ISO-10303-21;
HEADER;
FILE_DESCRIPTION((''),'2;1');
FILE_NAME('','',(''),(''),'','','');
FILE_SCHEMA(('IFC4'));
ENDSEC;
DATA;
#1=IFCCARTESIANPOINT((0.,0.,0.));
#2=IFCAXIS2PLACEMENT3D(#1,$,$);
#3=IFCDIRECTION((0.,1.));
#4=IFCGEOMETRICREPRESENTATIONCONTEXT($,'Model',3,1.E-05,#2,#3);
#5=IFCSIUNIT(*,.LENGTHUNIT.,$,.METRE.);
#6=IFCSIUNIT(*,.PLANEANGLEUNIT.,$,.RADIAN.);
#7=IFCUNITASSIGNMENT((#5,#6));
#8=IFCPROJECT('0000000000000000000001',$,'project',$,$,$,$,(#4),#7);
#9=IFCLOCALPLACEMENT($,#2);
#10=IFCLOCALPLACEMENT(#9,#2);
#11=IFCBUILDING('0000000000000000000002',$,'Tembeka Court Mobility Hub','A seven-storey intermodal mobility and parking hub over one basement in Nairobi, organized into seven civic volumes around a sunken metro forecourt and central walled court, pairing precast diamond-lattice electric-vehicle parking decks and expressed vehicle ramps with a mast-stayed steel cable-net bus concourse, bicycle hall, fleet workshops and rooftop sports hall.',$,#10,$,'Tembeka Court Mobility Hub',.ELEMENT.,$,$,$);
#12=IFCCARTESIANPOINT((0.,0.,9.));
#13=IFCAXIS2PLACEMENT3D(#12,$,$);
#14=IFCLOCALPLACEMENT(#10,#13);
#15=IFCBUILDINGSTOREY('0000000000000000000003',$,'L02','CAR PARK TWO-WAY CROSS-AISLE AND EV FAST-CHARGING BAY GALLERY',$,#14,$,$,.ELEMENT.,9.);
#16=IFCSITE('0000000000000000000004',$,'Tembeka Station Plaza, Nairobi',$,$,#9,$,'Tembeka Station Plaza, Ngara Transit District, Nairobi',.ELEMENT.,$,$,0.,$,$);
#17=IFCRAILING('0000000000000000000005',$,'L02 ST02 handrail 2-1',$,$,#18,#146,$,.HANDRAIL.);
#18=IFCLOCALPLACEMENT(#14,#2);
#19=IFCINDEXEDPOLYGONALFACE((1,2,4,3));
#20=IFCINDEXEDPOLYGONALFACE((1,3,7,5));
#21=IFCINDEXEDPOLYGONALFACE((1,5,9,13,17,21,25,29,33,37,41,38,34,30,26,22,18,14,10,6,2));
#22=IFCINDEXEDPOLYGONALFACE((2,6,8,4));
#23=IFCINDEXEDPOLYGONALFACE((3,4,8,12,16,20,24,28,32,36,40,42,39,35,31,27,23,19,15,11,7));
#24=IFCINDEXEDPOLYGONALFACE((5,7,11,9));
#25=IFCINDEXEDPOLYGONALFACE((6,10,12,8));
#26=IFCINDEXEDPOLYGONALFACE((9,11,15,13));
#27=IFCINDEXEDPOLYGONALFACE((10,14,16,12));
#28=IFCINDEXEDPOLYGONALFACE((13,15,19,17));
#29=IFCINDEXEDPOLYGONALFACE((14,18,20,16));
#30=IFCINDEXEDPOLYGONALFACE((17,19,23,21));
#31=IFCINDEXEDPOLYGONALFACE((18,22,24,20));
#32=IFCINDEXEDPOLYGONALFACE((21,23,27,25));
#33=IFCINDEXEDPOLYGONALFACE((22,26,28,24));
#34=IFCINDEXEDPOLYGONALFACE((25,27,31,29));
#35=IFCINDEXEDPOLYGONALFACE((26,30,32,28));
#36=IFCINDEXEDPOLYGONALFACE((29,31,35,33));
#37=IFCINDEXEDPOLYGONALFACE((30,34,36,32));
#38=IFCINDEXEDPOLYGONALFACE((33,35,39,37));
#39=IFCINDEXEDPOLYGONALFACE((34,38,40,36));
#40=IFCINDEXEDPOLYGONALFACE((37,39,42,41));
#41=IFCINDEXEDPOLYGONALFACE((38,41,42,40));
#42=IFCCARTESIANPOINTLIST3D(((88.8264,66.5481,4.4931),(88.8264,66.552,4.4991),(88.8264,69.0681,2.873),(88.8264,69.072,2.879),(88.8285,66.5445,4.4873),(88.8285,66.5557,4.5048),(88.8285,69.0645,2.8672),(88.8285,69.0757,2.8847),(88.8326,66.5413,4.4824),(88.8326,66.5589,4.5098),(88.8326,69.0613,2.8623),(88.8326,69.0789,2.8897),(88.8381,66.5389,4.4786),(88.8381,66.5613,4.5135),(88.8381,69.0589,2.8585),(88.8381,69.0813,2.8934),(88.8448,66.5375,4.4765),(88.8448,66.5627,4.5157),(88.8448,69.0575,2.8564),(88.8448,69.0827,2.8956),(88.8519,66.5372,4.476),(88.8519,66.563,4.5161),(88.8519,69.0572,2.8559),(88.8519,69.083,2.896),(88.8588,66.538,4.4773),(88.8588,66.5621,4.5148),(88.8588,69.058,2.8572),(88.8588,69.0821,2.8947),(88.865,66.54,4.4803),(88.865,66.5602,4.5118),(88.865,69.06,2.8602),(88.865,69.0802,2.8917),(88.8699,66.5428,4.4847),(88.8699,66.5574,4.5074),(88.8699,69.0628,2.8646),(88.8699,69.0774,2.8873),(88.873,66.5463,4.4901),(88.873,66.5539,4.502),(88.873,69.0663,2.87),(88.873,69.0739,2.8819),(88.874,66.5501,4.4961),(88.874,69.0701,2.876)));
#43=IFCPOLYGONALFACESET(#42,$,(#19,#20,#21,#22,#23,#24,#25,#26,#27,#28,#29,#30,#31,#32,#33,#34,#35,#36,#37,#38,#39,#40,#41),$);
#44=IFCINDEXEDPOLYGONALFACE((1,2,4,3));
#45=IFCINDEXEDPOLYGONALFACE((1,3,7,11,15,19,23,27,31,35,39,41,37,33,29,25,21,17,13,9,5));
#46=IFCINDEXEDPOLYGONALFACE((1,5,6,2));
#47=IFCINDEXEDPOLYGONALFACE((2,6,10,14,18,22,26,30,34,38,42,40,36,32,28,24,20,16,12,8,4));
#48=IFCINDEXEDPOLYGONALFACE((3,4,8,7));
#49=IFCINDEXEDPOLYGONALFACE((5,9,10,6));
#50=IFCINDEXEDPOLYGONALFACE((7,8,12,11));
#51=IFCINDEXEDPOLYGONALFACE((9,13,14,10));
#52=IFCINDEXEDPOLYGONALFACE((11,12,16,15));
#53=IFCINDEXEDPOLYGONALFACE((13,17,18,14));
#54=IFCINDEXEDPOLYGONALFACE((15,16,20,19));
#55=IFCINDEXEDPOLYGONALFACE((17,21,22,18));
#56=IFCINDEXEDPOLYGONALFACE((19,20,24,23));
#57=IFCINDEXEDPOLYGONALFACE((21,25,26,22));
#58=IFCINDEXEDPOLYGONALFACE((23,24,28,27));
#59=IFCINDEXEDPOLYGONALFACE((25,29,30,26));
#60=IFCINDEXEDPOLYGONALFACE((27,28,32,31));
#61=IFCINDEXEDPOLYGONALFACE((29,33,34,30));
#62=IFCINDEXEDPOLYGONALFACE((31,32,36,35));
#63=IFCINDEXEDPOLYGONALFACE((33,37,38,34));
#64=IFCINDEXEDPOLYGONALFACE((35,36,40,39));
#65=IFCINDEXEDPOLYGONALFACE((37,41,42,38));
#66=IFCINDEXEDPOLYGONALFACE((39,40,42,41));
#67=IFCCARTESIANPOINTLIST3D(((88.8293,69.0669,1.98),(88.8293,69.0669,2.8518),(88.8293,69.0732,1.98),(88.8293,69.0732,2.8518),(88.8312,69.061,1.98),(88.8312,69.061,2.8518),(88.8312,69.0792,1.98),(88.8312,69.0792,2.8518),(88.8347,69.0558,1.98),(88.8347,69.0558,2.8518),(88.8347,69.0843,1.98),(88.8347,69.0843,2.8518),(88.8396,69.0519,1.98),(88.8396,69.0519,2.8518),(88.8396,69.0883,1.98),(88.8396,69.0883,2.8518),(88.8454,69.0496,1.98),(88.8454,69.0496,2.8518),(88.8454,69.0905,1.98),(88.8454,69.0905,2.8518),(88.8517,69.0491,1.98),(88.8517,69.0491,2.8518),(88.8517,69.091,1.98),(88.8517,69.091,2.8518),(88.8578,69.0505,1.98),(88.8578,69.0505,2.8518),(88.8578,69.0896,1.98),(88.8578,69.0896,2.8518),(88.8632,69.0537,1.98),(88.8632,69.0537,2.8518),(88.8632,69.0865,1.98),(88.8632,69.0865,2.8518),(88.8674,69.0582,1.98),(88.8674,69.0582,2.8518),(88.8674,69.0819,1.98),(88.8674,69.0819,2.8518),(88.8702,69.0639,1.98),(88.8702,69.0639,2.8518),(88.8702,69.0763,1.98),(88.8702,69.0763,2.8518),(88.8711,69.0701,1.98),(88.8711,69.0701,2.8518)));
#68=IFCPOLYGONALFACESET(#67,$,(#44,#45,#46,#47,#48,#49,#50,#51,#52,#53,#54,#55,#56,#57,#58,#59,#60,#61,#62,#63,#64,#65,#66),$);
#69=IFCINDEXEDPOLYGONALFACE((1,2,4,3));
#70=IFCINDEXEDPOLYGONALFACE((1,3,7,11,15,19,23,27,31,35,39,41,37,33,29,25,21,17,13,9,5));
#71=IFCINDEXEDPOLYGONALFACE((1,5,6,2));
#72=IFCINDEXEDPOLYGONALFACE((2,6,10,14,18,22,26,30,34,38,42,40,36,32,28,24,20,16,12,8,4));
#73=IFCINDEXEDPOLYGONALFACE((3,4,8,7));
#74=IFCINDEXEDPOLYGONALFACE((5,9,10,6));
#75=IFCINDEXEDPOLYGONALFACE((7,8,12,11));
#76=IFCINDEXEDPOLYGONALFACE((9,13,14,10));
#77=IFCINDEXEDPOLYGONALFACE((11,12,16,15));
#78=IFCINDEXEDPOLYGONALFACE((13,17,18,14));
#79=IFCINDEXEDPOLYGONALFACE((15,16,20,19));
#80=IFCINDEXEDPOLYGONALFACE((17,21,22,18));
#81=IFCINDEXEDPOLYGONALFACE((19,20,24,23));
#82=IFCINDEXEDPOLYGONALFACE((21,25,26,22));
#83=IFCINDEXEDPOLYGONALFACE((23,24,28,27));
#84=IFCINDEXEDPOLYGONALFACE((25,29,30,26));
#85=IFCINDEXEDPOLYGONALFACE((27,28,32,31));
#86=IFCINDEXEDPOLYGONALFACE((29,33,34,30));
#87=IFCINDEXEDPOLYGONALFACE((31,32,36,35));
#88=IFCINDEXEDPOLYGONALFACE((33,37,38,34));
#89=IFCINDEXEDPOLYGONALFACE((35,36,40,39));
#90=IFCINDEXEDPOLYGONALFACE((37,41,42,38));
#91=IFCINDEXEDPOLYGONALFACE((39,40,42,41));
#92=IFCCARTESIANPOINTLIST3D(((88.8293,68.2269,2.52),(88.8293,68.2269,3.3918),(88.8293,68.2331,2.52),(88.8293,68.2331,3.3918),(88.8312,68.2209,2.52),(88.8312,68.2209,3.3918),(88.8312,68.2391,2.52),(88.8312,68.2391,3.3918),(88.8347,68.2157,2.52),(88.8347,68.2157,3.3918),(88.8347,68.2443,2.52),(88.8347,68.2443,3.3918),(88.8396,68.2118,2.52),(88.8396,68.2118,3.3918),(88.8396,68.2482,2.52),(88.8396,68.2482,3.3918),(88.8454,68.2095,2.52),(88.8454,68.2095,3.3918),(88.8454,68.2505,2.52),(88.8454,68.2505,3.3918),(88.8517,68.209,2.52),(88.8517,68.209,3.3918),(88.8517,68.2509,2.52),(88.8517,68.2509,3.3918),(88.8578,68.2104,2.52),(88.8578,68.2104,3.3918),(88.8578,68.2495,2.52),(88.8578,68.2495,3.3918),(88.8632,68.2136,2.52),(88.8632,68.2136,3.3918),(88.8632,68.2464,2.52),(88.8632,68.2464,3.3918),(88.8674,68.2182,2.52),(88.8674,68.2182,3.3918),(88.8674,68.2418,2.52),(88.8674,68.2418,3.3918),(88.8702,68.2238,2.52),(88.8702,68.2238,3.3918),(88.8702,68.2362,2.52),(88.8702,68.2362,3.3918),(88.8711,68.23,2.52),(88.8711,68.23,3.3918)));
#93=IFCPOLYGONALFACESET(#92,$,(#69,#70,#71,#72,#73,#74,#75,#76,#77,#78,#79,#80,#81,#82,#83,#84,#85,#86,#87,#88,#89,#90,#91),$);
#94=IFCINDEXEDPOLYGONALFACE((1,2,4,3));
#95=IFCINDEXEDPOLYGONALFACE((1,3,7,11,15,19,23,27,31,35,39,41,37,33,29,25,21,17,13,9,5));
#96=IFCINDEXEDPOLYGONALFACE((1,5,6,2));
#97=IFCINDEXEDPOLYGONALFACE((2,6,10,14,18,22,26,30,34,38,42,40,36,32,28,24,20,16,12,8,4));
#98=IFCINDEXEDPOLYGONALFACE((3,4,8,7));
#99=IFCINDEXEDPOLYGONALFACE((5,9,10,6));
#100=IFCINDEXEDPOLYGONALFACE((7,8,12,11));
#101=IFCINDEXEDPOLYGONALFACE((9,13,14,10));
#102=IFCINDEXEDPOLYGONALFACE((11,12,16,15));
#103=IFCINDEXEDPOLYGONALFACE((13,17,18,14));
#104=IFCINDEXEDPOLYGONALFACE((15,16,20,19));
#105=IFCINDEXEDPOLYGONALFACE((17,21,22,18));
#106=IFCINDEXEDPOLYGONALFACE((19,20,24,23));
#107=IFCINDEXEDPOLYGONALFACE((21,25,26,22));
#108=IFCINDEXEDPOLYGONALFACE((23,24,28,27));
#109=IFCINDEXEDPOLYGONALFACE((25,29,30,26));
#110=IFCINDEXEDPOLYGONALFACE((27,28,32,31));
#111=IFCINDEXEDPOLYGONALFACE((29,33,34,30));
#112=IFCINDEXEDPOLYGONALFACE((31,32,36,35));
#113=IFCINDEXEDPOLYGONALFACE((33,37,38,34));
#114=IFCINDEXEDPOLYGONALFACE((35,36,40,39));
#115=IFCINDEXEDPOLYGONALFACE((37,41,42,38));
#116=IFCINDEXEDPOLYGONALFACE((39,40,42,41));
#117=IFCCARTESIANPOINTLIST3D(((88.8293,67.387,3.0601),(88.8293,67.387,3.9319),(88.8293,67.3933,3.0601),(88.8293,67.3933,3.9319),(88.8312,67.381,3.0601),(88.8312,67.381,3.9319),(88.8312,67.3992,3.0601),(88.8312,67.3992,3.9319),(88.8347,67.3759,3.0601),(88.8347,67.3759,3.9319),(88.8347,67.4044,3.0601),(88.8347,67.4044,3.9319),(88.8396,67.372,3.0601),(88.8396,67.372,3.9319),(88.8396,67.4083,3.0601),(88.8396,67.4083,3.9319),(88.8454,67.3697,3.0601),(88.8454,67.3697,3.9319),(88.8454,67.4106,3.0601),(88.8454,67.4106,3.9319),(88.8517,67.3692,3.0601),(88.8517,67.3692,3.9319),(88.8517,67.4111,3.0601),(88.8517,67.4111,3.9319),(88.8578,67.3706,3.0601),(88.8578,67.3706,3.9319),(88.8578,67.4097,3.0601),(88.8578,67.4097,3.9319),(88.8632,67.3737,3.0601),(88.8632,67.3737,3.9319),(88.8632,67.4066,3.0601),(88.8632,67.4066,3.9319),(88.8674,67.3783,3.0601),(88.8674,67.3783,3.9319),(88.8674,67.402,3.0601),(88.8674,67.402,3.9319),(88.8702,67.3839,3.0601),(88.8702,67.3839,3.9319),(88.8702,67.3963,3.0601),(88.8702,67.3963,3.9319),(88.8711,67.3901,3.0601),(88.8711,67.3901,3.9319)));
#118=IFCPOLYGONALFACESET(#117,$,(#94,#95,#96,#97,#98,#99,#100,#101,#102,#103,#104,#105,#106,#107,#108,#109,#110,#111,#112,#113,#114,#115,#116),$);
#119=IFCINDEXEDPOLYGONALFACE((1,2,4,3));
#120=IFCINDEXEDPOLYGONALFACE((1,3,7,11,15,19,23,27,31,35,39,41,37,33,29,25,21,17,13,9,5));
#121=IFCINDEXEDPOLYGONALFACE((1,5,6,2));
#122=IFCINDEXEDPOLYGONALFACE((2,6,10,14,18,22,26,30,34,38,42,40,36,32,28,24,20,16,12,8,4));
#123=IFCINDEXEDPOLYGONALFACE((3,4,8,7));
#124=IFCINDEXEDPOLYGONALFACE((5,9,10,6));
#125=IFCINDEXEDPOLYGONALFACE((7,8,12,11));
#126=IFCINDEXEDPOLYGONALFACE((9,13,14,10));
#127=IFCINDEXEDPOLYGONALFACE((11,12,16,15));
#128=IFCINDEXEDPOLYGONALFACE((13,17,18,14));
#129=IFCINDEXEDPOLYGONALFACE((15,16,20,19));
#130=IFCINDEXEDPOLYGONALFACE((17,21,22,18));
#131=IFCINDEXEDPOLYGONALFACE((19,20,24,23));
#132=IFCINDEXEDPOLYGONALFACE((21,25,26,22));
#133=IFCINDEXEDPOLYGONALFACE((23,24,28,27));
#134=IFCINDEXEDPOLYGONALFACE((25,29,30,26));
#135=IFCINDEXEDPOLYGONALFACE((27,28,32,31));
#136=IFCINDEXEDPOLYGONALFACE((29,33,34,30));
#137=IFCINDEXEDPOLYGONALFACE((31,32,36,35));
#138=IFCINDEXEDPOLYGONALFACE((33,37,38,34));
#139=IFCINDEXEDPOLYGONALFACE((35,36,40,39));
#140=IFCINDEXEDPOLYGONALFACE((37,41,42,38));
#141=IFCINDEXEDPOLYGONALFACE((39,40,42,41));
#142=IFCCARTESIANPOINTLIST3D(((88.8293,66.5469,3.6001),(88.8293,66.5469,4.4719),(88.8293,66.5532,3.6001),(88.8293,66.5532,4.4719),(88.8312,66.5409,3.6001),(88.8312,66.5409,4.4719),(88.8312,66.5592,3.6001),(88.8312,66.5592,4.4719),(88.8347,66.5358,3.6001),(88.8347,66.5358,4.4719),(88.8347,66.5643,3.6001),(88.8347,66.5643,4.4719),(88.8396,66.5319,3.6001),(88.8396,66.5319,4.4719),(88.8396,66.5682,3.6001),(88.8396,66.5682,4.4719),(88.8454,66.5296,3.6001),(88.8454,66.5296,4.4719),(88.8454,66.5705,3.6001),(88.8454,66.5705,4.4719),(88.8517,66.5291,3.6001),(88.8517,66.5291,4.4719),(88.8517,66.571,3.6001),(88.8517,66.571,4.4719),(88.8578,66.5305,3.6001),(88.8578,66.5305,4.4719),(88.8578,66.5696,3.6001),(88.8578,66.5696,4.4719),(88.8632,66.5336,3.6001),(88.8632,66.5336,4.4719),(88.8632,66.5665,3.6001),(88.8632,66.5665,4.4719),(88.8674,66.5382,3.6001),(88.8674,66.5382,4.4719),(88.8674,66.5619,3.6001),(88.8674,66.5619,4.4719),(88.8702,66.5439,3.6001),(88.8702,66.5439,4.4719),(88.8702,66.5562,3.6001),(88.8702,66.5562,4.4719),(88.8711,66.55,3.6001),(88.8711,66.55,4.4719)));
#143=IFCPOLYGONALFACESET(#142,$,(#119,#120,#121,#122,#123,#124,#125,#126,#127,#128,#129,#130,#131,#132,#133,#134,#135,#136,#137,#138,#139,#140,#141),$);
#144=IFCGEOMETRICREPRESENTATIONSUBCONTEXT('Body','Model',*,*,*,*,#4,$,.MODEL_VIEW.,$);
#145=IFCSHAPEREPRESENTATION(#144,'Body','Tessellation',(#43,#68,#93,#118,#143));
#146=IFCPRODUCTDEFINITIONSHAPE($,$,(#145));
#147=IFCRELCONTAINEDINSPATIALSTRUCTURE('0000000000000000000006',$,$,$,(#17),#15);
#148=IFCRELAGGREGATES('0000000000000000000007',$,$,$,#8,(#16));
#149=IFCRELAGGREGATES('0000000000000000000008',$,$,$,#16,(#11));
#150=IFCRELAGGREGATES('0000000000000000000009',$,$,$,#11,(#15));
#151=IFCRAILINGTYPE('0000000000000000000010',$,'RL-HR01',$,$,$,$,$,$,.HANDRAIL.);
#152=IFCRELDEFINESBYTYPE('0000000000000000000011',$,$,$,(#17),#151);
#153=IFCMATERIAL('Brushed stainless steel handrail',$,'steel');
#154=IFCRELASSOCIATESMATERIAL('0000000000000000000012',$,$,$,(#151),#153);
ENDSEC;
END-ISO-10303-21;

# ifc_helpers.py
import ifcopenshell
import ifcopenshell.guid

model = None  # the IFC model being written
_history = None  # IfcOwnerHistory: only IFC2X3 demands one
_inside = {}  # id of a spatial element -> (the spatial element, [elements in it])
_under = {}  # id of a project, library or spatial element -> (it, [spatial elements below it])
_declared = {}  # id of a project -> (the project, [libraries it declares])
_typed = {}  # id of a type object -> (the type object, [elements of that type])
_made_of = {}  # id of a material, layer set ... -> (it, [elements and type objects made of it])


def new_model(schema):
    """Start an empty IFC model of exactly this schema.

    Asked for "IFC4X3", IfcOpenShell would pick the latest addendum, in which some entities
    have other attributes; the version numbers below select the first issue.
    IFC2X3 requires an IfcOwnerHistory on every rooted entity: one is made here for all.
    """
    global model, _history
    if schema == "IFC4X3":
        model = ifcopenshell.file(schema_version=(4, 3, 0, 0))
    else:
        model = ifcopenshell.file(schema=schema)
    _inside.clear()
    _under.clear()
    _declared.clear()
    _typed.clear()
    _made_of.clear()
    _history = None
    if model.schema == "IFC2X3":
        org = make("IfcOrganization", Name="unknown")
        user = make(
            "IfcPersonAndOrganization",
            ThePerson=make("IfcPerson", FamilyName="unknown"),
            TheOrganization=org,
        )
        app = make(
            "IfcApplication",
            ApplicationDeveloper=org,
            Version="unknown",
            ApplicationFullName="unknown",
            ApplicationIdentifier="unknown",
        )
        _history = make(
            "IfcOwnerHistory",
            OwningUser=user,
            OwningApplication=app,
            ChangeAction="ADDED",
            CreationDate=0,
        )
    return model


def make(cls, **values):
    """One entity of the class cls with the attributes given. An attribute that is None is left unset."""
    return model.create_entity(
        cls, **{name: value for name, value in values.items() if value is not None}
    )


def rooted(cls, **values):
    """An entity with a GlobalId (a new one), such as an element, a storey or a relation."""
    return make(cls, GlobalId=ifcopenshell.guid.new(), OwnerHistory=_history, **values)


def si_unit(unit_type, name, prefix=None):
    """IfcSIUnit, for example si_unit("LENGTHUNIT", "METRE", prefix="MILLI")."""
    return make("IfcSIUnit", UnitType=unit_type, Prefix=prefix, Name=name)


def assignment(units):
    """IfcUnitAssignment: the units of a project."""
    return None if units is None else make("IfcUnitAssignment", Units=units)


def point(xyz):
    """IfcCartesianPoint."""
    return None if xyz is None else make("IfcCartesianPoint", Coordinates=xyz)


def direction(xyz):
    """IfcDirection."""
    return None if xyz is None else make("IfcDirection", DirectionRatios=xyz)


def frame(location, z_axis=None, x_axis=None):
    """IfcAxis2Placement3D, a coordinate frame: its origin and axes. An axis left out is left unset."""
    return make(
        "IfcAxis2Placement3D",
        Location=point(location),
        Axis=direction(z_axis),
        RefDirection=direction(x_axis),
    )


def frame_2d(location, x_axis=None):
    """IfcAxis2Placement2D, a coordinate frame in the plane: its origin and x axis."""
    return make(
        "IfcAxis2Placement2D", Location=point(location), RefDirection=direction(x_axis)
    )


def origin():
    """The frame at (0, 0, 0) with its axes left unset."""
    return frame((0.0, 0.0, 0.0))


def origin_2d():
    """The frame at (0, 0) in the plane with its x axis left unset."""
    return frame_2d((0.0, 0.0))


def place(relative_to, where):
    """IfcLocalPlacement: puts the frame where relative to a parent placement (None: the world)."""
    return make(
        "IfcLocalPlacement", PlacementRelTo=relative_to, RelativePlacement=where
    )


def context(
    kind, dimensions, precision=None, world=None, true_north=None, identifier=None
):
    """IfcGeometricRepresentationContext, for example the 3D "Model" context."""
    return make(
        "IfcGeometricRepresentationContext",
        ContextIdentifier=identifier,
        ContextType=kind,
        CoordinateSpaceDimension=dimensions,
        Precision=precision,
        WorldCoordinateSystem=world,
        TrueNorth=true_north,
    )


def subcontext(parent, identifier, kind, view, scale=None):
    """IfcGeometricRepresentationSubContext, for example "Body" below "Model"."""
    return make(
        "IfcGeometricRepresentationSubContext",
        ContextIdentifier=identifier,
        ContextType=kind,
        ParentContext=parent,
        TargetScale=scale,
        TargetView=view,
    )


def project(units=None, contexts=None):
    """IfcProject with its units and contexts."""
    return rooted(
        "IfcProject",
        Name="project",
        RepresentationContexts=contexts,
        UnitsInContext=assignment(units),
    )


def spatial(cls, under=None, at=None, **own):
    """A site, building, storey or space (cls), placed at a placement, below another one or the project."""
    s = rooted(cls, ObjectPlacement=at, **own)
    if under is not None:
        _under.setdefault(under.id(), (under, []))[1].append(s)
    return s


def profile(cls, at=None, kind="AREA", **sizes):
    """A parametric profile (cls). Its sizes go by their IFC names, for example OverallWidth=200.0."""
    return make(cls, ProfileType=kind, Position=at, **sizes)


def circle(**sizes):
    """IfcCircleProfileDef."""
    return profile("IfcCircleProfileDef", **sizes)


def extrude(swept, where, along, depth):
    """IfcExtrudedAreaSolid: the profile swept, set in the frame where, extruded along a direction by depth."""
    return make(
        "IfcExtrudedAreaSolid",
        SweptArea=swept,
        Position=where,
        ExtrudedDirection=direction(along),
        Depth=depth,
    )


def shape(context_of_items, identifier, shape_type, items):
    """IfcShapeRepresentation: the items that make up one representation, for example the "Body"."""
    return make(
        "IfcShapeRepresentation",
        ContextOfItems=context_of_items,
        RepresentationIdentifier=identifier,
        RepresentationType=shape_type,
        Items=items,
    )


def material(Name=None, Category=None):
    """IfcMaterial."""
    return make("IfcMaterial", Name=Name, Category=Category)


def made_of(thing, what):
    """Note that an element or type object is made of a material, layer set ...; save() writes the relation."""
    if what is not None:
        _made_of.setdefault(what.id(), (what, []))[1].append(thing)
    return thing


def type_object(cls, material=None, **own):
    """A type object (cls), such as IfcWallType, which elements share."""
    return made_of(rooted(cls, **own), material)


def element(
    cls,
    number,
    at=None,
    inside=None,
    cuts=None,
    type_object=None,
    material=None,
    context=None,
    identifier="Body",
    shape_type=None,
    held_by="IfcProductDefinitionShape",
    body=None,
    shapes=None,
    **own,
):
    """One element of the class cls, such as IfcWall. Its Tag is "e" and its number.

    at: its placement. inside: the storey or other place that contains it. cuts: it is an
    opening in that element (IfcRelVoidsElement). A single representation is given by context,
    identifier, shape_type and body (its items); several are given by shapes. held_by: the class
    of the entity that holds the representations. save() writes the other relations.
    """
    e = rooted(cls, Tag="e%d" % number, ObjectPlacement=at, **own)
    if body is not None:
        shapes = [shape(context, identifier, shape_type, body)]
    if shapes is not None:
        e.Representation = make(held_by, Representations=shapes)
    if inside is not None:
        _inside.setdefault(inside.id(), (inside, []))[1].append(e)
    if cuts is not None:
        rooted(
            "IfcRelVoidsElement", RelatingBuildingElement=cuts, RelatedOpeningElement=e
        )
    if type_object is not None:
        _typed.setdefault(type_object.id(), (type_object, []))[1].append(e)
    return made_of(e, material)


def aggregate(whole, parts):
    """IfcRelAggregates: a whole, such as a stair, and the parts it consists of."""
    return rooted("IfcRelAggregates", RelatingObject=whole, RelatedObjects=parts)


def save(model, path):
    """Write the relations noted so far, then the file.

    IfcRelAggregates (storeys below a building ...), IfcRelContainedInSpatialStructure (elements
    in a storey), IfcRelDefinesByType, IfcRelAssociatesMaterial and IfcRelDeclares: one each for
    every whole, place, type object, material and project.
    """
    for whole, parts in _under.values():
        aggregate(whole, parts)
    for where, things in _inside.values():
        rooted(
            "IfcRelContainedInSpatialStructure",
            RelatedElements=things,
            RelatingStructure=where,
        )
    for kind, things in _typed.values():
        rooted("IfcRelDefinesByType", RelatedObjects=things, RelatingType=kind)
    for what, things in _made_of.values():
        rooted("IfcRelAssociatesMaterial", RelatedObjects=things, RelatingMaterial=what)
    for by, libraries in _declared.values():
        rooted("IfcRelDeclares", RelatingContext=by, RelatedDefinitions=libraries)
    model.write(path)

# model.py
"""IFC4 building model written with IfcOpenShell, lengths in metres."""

from ifc_helpers import new_model, si_unit, direction, frame, origin, origin_2d, place, context, subcontext, project, spatial, circle, extrude, material, type_object, element, save


model = new_model("IFC4")

# Units and contexts
model_context = context("Model", 3, precision=1e-05, world=origin(), true_north=direction((0.0, 1.0)))
body_context = subcontext(model_context, "Body", "Model", "MODEL_VIEW")
ifc_project = project(units=[si_unit("LENGTHUNIT", "METRE"), si_unit("PLANEANGLEUNIT", "RADIAN")], contexts=[model_context])

# Site, building, storey
site_placement = place(None, origin())
site = spatial("IfcSite", under=ifc_project, at=site_placement, Name="Tembeka Station Plaza, Nairobi", LongName="Tembeka Station Plaza, Ngara Transit District, Nairobi", CompositionType="ELEMENT", RefElevation=0.0)
building_placement = place(site_placement, origin())
building = spatial("IfcBuilding", under=site, at=building_placement, Name="Tembeka Court Mobility Hub", Description="A seven-storey intermodal mobility and parking hub over one basement in Nairobi, organized into seven civic volumes around a sunken metro forecourt and central walled court, pairing precast diamond-lattice electric-vehicle parking decks and expressed vehicle ramps with a mast-stayed steel cable-net bus concourse, bicycle hall, fleet workshops and rooftop sports hall.", LongName="Tembeka Court Mobility Hub", CompositionType="ELEMENT")
storey_placement = place(building_placement, frame((0.0, 0.0, 9.0)))
storey = spatial("IfcBuildingStorey", under=building, at=storey_placement, Name="L02", Description="CAR PARK TWO-WAY CROSS-AISLE AND EV FAST-CHARGING BAY GALLERY", CompositionType="ELEMENT", Elevation=9.0)

# Railing
ifc_material_1 = material(Name="Brushed stainless steel handrail", Category="steel")
railing_type_1 = type_object("IfcRailingType", Name="RL-HR01", PredefinedType="HANDRAIL", material=ifc_material_1)
railing_1_placement = place(storey_placement, frame((88.8501, 69.0701, 1.98)))
element("IfcRailing", 1, at=railing_1_placement, inside=storey, type_object=railing_type_1, Name="L02 ST02 handrail 2-1", PredefinedType="HANDRAIL", context=body_context, shape_type="SweptSolid", body=[
    extrude(circle(Radius=0.0239, at=origin_2d()), frame((0.0, 0.0, 0.896), z_axis=(0.0, -0.841163, 0.540782), x_axis=(1.0, 0.0, 0.0)), (0.0, 0.0, 1.0), 2.9958),
    extrude(circle(Radius=0.021, at=origin_2d()), origin(), (0.0, 0.0, 1.0), 0.8718),
    extrude(circle(Radius=0.021, at=origin_2d()), frame((0.0, -0.8401, 0.54)), (0.0, 0.0, 1.0), 0.8718),
    extrude(circle(Radius=0.021, at=origin_2d()), frame((0.0, -1.6799, 1.0801)), (0.0, 0.0, 1.0), 0.8718),
    extrude(circle(Radius=0.021, at=origin_2d()), frame((0.0, -2.52, 1.6201)), (0.0, 0.0, 1.0), 0.8718),
])

save(model, "model.ifc")
